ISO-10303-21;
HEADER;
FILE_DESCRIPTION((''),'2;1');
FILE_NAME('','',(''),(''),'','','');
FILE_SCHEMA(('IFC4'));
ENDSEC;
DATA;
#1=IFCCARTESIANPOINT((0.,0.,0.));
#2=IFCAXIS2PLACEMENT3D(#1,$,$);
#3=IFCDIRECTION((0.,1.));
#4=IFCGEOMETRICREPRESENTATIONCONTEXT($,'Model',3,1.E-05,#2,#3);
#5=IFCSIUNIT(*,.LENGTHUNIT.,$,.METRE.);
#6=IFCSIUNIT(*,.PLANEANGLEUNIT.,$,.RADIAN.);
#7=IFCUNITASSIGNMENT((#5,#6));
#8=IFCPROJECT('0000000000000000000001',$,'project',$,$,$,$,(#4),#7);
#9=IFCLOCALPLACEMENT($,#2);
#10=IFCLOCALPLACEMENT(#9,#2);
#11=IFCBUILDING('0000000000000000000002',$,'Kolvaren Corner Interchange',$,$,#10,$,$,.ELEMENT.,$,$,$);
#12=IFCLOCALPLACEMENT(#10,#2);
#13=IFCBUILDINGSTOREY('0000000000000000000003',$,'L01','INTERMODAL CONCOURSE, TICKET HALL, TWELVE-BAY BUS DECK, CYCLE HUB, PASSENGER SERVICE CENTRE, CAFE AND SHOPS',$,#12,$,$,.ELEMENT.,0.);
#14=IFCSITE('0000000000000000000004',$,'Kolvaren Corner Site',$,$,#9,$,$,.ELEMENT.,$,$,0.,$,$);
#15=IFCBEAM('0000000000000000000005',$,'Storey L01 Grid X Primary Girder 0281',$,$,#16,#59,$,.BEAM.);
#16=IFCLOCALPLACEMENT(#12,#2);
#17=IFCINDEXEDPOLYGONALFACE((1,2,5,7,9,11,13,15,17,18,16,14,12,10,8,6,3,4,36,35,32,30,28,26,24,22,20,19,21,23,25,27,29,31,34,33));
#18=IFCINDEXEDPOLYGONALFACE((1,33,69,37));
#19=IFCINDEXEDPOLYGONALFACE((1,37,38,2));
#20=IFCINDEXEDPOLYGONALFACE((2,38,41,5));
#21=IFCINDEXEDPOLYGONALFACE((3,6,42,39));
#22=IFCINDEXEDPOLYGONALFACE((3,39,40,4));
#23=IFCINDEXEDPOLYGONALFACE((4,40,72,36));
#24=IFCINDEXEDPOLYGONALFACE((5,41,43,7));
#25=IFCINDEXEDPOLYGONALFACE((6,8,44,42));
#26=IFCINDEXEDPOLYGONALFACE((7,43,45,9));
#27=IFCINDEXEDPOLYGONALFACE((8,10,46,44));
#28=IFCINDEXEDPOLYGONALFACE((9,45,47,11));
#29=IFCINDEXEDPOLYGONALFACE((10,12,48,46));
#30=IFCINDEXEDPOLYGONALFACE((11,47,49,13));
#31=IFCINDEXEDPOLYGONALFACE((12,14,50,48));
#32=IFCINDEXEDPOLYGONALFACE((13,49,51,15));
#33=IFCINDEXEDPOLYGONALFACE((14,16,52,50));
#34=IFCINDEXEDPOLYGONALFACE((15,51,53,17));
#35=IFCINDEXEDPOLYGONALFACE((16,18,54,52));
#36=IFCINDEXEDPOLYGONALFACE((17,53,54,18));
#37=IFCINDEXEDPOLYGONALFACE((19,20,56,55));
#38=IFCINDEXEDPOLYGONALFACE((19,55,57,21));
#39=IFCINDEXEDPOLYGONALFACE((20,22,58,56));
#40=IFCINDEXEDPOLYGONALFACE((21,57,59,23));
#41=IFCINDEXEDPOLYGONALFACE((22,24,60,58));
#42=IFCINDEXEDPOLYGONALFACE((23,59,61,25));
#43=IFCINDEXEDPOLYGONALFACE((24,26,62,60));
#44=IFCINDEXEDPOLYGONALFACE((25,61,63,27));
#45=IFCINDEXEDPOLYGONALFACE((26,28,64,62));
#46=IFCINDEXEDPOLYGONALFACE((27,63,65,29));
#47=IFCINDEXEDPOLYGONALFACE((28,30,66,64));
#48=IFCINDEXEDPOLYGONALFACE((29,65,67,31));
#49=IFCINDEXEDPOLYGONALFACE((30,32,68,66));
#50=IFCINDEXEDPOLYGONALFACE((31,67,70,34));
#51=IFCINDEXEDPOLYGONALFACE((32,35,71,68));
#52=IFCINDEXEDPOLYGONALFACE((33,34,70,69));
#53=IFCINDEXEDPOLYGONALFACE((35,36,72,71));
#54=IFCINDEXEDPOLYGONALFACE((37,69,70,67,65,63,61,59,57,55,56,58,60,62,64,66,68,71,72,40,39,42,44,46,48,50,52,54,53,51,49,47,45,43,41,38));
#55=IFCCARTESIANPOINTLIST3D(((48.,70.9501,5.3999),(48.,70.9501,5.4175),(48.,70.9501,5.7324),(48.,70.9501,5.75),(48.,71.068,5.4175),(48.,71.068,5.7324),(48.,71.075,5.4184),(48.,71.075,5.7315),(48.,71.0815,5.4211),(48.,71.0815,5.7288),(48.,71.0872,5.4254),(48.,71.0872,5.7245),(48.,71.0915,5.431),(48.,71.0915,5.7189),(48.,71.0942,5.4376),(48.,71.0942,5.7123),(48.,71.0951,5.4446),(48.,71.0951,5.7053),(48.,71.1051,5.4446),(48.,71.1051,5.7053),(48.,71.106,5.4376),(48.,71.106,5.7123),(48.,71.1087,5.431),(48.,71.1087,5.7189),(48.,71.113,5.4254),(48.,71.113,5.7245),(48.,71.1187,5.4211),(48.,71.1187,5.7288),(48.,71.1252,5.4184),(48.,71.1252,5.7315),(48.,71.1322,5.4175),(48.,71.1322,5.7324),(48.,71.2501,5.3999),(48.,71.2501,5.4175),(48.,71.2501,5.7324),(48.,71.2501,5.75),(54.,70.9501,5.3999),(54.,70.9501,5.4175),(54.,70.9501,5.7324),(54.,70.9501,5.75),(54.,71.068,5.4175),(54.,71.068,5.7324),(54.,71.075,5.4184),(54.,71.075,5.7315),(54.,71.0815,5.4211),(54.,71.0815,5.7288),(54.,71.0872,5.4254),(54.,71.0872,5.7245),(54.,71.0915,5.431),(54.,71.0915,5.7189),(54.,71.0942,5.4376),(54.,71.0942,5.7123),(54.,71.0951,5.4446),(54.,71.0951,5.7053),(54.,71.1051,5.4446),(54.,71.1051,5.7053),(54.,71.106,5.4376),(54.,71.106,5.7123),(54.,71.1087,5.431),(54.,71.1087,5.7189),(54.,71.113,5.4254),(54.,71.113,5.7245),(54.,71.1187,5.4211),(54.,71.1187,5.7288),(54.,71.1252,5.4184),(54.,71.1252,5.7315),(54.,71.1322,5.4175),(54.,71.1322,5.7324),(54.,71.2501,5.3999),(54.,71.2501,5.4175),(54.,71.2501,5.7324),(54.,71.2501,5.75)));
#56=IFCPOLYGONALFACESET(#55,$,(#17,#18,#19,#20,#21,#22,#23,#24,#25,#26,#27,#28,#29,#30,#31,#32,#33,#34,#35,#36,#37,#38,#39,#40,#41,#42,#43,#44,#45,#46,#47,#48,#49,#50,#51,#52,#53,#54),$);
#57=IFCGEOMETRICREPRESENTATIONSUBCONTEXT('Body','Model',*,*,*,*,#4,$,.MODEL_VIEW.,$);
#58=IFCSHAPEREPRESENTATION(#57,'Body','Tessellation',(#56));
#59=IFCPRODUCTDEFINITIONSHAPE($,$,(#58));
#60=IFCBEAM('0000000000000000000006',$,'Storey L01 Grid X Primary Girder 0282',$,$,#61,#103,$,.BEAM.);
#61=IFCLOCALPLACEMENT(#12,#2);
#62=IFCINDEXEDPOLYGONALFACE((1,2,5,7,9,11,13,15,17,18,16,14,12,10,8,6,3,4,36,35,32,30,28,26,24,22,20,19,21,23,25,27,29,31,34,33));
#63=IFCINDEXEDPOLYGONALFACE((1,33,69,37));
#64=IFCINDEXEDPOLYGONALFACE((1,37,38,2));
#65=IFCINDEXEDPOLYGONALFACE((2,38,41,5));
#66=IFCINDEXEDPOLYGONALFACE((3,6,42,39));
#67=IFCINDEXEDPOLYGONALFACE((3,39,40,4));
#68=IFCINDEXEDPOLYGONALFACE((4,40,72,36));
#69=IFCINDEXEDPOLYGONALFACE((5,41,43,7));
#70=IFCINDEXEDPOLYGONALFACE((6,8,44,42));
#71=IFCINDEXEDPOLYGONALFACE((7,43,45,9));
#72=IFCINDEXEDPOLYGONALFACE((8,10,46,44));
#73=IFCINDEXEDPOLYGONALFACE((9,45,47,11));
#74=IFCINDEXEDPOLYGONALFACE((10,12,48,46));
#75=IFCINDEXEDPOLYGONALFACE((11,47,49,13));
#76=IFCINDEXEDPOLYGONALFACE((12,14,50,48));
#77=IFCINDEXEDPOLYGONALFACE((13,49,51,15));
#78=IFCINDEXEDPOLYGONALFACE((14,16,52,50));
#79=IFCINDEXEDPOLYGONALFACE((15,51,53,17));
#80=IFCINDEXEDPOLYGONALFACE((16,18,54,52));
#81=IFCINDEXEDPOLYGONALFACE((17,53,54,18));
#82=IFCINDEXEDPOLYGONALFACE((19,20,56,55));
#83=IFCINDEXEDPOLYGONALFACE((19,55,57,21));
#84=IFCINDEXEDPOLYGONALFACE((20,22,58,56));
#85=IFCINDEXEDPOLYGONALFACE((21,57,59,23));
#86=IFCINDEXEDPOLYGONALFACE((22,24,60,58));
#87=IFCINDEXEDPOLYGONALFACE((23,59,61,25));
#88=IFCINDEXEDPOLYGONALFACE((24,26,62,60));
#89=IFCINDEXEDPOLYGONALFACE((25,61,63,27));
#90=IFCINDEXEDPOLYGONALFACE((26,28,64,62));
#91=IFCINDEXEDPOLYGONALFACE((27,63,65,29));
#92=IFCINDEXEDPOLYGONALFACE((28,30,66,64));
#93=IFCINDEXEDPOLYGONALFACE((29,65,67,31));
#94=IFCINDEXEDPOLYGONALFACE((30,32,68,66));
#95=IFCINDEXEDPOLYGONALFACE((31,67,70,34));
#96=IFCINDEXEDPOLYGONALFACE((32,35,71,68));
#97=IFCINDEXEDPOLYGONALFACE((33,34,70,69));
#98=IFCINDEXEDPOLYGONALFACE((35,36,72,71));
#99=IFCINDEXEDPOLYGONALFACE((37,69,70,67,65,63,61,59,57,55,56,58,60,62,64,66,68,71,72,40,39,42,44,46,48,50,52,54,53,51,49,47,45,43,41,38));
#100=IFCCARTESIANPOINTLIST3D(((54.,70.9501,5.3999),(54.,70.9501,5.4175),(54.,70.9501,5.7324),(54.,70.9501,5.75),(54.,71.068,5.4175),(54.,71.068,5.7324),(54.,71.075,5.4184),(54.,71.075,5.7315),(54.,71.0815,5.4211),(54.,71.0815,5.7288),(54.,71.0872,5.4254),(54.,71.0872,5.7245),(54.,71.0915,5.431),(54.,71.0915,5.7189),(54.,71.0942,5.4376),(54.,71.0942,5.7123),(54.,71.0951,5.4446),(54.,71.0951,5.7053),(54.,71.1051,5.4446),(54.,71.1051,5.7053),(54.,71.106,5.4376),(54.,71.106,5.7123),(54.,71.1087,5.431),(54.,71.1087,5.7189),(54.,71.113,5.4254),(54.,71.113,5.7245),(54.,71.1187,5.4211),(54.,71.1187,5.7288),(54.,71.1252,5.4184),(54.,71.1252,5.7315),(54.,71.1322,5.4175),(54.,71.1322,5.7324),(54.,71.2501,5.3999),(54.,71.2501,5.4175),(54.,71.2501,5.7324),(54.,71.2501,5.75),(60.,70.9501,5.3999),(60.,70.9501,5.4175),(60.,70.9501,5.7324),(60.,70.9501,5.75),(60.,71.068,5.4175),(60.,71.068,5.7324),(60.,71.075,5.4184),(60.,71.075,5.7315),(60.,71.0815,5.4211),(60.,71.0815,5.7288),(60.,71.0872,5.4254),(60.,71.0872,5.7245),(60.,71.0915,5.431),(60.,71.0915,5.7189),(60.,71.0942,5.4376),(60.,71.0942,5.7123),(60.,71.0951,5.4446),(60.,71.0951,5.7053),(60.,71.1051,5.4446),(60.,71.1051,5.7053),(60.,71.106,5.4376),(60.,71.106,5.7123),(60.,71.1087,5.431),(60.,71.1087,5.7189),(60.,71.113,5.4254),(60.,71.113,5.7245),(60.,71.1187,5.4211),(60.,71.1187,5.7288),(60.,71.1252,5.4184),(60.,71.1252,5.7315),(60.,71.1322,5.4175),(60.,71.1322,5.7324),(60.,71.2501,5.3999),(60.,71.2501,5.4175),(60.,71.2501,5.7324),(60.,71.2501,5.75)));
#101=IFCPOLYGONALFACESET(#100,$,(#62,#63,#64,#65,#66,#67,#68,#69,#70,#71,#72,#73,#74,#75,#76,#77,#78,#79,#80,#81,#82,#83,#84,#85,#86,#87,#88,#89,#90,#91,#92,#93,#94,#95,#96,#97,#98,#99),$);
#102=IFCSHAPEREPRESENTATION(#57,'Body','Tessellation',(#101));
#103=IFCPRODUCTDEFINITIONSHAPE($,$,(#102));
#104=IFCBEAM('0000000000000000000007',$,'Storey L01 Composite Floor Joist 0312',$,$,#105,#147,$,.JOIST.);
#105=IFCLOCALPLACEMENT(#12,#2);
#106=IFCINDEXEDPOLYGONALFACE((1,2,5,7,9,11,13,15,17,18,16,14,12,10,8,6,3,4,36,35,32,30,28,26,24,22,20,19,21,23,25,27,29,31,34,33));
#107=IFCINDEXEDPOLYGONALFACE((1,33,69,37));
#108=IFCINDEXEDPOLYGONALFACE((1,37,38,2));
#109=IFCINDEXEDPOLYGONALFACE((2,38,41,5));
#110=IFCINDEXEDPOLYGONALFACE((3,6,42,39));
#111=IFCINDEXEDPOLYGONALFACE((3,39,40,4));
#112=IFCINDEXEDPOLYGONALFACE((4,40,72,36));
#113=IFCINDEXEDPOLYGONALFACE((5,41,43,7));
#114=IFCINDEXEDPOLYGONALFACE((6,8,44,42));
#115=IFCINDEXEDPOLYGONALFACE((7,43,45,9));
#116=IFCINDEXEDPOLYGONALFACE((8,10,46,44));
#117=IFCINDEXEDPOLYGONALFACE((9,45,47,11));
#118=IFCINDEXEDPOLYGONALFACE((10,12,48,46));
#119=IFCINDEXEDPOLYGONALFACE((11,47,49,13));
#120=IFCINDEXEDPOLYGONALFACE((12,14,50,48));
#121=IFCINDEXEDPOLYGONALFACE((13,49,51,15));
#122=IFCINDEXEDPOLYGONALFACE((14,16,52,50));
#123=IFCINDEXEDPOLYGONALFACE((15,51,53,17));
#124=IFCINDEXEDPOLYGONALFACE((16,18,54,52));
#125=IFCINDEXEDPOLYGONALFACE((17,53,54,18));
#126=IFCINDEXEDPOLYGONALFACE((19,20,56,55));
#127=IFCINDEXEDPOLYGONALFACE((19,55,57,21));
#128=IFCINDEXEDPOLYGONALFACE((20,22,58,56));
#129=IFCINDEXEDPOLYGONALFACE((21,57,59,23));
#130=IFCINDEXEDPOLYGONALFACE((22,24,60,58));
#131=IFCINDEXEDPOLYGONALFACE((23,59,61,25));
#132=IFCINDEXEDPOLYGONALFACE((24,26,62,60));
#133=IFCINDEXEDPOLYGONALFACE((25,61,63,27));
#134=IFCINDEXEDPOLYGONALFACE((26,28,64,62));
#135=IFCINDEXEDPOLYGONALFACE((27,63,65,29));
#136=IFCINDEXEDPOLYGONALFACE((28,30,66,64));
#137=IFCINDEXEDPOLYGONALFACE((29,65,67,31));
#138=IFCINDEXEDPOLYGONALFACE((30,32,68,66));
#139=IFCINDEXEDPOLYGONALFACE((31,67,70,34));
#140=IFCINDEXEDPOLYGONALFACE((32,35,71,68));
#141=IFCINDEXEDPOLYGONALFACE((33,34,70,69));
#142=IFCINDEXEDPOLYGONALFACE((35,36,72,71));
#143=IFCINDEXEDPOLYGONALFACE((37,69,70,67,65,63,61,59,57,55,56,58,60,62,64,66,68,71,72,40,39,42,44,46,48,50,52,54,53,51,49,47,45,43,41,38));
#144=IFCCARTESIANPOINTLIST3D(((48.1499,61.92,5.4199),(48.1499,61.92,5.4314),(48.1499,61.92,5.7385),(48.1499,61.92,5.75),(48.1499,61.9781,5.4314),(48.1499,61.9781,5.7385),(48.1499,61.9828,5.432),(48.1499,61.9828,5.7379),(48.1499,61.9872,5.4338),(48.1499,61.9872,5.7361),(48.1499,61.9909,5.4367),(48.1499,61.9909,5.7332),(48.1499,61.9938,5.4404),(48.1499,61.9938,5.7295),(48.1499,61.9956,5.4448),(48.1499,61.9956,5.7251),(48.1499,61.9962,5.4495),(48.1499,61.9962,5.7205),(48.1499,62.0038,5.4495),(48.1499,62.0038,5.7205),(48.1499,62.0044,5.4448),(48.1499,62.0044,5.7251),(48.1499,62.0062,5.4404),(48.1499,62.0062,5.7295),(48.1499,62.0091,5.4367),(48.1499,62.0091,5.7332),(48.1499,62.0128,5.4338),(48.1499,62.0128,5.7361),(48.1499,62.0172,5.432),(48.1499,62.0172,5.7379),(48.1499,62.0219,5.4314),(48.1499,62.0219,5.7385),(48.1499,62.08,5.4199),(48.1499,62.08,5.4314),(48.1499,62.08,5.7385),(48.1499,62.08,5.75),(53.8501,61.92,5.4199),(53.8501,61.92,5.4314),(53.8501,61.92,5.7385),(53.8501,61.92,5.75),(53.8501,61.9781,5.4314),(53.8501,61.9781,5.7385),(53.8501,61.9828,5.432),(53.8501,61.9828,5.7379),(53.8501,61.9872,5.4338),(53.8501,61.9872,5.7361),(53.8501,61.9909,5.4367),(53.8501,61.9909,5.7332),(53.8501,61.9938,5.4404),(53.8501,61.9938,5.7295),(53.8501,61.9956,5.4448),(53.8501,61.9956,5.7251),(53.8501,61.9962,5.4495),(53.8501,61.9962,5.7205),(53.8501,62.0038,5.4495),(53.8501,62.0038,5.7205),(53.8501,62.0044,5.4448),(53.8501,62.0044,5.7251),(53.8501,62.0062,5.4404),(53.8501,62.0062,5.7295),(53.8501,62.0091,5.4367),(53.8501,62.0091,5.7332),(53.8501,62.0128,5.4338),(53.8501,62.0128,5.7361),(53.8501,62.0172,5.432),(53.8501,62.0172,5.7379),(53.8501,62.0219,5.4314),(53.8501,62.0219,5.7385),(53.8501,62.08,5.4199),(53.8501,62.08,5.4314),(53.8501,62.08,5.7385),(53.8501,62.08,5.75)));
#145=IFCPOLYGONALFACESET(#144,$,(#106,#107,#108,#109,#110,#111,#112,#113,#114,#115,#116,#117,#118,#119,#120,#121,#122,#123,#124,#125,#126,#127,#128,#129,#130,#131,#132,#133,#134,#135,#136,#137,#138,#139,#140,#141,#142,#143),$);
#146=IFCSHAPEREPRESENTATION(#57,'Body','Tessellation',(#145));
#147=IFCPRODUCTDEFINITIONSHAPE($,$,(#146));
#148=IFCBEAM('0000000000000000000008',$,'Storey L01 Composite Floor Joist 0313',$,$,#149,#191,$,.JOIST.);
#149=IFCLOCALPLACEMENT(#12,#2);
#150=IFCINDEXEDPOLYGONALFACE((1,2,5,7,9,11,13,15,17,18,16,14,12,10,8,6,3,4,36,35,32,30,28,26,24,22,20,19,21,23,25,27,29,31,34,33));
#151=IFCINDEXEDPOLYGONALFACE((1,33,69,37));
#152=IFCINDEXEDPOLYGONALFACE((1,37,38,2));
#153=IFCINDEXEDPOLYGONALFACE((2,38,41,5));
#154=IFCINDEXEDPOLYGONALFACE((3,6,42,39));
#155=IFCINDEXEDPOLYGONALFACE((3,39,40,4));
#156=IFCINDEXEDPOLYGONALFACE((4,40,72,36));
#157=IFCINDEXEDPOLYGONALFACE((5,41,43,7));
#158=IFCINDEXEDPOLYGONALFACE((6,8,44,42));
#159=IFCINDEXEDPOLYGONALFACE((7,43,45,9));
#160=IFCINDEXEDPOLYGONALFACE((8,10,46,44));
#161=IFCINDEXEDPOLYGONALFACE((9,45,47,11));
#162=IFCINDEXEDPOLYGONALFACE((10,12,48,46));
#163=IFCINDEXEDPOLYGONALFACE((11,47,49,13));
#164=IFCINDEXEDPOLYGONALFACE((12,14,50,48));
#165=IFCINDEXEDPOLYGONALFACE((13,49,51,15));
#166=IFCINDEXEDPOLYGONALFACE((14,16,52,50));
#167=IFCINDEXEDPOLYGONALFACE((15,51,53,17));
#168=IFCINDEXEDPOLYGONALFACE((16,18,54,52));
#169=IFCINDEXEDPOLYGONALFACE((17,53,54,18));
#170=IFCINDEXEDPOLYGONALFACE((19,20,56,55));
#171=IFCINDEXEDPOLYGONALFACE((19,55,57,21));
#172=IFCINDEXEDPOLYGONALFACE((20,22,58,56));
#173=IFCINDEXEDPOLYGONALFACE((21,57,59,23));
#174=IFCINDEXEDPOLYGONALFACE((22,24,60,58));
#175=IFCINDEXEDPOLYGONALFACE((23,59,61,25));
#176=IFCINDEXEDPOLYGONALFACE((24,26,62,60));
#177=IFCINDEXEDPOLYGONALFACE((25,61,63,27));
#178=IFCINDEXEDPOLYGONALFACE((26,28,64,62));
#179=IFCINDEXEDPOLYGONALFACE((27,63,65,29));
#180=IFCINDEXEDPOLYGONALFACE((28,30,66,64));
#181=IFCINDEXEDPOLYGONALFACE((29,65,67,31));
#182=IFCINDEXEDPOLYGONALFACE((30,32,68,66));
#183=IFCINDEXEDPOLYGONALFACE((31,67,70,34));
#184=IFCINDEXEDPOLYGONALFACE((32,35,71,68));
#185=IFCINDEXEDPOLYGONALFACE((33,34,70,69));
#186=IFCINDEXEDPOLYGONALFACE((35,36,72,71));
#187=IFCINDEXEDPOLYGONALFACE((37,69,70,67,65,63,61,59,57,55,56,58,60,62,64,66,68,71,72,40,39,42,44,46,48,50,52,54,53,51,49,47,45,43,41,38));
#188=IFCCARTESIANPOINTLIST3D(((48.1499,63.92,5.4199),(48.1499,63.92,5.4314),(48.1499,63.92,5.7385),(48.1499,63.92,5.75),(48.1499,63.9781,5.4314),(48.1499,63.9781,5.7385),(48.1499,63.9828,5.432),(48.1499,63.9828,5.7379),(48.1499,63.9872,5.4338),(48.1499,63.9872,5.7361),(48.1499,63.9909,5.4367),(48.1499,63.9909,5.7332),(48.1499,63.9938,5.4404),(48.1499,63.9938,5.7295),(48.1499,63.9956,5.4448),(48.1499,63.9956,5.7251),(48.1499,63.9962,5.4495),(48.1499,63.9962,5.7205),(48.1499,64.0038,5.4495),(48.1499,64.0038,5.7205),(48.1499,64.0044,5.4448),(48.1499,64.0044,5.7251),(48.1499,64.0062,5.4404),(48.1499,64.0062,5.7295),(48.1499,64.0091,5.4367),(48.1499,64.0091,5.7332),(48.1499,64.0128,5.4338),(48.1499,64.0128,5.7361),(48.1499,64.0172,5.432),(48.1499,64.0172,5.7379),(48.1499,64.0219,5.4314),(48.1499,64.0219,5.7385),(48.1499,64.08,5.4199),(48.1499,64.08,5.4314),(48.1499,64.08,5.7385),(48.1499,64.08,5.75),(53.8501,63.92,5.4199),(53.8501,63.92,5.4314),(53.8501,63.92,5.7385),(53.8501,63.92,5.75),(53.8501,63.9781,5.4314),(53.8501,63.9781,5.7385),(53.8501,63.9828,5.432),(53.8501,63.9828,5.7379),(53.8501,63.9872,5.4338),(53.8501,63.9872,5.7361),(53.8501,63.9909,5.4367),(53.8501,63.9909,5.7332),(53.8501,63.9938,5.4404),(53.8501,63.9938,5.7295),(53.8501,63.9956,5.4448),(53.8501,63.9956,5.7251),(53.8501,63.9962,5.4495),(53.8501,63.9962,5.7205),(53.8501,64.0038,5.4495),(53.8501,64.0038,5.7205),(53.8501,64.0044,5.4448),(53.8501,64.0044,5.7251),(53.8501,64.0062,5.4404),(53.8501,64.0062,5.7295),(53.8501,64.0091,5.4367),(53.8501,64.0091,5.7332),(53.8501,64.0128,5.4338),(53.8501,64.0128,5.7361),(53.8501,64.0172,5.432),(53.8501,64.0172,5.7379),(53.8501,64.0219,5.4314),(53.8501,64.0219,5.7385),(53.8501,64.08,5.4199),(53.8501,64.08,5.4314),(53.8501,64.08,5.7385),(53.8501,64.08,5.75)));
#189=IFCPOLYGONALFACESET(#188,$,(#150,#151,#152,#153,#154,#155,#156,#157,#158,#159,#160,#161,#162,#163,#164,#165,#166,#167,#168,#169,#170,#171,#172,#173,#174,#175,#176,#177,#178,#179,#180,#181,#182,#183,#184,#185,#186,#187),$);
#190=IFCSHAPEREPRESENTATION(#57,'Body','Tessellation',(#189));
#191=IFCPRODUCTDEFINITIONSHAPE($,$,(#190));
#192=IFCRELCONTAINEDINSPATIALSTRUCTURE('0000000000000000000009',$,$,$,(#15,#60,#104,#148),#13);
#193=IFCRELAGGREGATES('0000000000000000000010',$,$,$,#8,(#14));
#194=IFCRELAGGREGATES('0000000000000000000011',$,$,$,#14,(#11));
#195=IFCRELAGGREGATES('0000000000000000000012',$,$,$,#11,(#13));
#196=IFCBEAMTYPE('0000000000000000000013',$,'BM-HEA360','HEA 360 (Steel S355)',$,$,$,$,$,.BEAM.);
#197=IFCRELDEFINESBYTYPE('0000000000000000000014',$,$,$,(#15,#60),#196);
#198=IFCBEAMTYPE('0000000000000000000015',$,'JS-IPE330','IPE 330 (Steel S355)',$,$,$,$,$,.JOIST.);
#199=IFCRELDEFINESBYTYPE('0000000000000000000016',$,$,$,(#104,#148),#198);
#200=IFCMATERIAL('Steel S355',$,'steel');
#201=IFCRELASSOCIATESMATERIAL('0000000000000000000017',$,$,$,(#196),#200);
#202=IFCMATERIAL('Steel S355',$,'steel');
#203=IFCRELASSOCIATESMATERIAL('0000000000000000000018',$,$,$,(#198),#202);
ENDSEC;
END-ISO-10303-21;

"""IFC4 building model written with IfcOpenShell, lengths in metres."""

from ifc_helpers import new_model, si_unit, direction, frame, origin, origin_2d, place, context, subcontext, project, spatial, i_section, extrude, material, material_profile, profile_set, type_object, element, save


model = new_model("IFC4")

# Units and contexts
model_context = context("Model", 3, precision=1e-05, world=origin(), true_north=direction((0.0, 1.0)))
body_context = subcontext(model_context, "Body", "Model", "MODEL_VIEW")
ifc_project = project(units=[si_unit("LENGTHUNIT", "METRE"), si_unit("PLANEANGLEUNIT", "RADIAN")], contexts=[model_context])

# Site, building, storey
site_placement = place(None, origin())
site = spatial("IfcSite", under=ifc_project, at=site_placement, Name="Kolvaren Corner Site", CompositionType="ELEMENT", RefElevation=0.0)
building_placement = place(site_placement, origin())
building = spatial("IfcBuilding", under=site, at=building_placement, Name="Kolvaren Corner Interchange", CompositionType="ELEMENT")
storey_placement = place(building_placement, origin())
storey = spatial("IfcBuildingStorey", under=building, at=storey_placement, Name="L01", Description="INTERMODAL CONCOURSE, TICKET HALL, TWELVE-BAY BUS DECK, CYCLE HUB, PASSENGER SERVICE CENTRE, CAFE AND SHOPS", CompositionType="ELEMENT", Elevation=0.0)

# Beams
ifc_material_1 = material(Name="Steel S355", Category="steel")
ifc_material_profile_1 = material_profile(ifc_material_1, i_section(OverallWidth=0.3, OverallDepth=0.3501, WebThickness=0.01, FlangeThickness=0.0176, FilletRadius=0.0271, at=origin_2d()), Name="HEA 360")
ifc_profile_set_1 = profile_set([ifc_material_profile_1], Name="Steel S355")
beam_type_1 = type_object("IfcBeamType", Name="BM-HEA360", Description="HEA 360 (Steel S355)", PredefinedType="BEAM", material=ifc_profile_set_1)
for number, where, z_axis, x_axis, name in (
    (1, (48.0, 71.1001, 5.575), (1.0, 0.0, 0.0), (0.0, 1.0, 0.0), "Storey L01 Grid X Primary Girder 0281"),
    (2, (54.0, 71.1001, 5.575), (1.0, 0.0, 0.0), (0.0, 1.0, 0.0), "Storey L01 Grid X Primary Girder 0282"),
):
    element("IfcBeam", number, at=place(storey_placement, frame(where, z_axis=z_axis, x_axis=x_axis)), inside=storey, type_object=beam_type_1, Name=name, PredefinedType="BEAM", context=body_context, shape_type="SweptSolid", body=[
        extrude(i_section(OverallWidth=0.3, OverallDepth=0.3501, WebThickness=0.01, FlangeThickness=0.0176, FilletRadius=0.0271, at=origin_2d()), origin(), (0.0, 0.0, 1.0), 6.0),
    ])
ifc_material_2 = material(Name="Steel S355", Category="steel")
ifc_material_profile_2 = material_profile(ifc_material_2, i_section(OverallWidth=0.1599, OverallDepth=0.3301, WebThickness=0.0076, FlangeThickness=0.0115, FilletRadius=0.0181, at=origin_2d()), Name="IPE 330")
ifc_profile_set_2 = profile_set([ifc_material_profile_2], Name="Steel S355")
beam_type_2 = type_object("IfcBeamType", Name="JS-IPE330", Description="IPE 330 (Steel S355)", PredefinedType="JOIST", material=ifc_profile_set_2)
for number, where, z_axis, x_axis, name in (
    (3, (48.1499, 62.0, 5.585), (1.0, 0.0, 0.0), (0.0, 1.0, 0.0), "Storey L01 Composite Floor Joist 0312"),
    (4, (48.1499, 64.0, 5.585), (1.0, 0.0, 0.0), (0.0, 1.0, 0.0), "Storey L01 Composite Floor Joist 0313"),
):
    element("IfcBeam", number, at=place(storey_placement, frame(where, z_axis=z_axis, x_axis=x_axis)), inside=storey, type_object=beam_type_2, Name=name, PredefinedType="JOIST", context=body_context, shape_type="SweptSolid", body=[
        extrude(i_section(OverallWidth=0.1599, OverallDepth=0.3301, WebThickness=0.0076, FlangeThickness=0.0115, FilletRadius=0.0181, at=origin_2d()), origin(), (0.0, 0.0, 1.0), 5.7002),
    ])

save(model, "model.ifc")
